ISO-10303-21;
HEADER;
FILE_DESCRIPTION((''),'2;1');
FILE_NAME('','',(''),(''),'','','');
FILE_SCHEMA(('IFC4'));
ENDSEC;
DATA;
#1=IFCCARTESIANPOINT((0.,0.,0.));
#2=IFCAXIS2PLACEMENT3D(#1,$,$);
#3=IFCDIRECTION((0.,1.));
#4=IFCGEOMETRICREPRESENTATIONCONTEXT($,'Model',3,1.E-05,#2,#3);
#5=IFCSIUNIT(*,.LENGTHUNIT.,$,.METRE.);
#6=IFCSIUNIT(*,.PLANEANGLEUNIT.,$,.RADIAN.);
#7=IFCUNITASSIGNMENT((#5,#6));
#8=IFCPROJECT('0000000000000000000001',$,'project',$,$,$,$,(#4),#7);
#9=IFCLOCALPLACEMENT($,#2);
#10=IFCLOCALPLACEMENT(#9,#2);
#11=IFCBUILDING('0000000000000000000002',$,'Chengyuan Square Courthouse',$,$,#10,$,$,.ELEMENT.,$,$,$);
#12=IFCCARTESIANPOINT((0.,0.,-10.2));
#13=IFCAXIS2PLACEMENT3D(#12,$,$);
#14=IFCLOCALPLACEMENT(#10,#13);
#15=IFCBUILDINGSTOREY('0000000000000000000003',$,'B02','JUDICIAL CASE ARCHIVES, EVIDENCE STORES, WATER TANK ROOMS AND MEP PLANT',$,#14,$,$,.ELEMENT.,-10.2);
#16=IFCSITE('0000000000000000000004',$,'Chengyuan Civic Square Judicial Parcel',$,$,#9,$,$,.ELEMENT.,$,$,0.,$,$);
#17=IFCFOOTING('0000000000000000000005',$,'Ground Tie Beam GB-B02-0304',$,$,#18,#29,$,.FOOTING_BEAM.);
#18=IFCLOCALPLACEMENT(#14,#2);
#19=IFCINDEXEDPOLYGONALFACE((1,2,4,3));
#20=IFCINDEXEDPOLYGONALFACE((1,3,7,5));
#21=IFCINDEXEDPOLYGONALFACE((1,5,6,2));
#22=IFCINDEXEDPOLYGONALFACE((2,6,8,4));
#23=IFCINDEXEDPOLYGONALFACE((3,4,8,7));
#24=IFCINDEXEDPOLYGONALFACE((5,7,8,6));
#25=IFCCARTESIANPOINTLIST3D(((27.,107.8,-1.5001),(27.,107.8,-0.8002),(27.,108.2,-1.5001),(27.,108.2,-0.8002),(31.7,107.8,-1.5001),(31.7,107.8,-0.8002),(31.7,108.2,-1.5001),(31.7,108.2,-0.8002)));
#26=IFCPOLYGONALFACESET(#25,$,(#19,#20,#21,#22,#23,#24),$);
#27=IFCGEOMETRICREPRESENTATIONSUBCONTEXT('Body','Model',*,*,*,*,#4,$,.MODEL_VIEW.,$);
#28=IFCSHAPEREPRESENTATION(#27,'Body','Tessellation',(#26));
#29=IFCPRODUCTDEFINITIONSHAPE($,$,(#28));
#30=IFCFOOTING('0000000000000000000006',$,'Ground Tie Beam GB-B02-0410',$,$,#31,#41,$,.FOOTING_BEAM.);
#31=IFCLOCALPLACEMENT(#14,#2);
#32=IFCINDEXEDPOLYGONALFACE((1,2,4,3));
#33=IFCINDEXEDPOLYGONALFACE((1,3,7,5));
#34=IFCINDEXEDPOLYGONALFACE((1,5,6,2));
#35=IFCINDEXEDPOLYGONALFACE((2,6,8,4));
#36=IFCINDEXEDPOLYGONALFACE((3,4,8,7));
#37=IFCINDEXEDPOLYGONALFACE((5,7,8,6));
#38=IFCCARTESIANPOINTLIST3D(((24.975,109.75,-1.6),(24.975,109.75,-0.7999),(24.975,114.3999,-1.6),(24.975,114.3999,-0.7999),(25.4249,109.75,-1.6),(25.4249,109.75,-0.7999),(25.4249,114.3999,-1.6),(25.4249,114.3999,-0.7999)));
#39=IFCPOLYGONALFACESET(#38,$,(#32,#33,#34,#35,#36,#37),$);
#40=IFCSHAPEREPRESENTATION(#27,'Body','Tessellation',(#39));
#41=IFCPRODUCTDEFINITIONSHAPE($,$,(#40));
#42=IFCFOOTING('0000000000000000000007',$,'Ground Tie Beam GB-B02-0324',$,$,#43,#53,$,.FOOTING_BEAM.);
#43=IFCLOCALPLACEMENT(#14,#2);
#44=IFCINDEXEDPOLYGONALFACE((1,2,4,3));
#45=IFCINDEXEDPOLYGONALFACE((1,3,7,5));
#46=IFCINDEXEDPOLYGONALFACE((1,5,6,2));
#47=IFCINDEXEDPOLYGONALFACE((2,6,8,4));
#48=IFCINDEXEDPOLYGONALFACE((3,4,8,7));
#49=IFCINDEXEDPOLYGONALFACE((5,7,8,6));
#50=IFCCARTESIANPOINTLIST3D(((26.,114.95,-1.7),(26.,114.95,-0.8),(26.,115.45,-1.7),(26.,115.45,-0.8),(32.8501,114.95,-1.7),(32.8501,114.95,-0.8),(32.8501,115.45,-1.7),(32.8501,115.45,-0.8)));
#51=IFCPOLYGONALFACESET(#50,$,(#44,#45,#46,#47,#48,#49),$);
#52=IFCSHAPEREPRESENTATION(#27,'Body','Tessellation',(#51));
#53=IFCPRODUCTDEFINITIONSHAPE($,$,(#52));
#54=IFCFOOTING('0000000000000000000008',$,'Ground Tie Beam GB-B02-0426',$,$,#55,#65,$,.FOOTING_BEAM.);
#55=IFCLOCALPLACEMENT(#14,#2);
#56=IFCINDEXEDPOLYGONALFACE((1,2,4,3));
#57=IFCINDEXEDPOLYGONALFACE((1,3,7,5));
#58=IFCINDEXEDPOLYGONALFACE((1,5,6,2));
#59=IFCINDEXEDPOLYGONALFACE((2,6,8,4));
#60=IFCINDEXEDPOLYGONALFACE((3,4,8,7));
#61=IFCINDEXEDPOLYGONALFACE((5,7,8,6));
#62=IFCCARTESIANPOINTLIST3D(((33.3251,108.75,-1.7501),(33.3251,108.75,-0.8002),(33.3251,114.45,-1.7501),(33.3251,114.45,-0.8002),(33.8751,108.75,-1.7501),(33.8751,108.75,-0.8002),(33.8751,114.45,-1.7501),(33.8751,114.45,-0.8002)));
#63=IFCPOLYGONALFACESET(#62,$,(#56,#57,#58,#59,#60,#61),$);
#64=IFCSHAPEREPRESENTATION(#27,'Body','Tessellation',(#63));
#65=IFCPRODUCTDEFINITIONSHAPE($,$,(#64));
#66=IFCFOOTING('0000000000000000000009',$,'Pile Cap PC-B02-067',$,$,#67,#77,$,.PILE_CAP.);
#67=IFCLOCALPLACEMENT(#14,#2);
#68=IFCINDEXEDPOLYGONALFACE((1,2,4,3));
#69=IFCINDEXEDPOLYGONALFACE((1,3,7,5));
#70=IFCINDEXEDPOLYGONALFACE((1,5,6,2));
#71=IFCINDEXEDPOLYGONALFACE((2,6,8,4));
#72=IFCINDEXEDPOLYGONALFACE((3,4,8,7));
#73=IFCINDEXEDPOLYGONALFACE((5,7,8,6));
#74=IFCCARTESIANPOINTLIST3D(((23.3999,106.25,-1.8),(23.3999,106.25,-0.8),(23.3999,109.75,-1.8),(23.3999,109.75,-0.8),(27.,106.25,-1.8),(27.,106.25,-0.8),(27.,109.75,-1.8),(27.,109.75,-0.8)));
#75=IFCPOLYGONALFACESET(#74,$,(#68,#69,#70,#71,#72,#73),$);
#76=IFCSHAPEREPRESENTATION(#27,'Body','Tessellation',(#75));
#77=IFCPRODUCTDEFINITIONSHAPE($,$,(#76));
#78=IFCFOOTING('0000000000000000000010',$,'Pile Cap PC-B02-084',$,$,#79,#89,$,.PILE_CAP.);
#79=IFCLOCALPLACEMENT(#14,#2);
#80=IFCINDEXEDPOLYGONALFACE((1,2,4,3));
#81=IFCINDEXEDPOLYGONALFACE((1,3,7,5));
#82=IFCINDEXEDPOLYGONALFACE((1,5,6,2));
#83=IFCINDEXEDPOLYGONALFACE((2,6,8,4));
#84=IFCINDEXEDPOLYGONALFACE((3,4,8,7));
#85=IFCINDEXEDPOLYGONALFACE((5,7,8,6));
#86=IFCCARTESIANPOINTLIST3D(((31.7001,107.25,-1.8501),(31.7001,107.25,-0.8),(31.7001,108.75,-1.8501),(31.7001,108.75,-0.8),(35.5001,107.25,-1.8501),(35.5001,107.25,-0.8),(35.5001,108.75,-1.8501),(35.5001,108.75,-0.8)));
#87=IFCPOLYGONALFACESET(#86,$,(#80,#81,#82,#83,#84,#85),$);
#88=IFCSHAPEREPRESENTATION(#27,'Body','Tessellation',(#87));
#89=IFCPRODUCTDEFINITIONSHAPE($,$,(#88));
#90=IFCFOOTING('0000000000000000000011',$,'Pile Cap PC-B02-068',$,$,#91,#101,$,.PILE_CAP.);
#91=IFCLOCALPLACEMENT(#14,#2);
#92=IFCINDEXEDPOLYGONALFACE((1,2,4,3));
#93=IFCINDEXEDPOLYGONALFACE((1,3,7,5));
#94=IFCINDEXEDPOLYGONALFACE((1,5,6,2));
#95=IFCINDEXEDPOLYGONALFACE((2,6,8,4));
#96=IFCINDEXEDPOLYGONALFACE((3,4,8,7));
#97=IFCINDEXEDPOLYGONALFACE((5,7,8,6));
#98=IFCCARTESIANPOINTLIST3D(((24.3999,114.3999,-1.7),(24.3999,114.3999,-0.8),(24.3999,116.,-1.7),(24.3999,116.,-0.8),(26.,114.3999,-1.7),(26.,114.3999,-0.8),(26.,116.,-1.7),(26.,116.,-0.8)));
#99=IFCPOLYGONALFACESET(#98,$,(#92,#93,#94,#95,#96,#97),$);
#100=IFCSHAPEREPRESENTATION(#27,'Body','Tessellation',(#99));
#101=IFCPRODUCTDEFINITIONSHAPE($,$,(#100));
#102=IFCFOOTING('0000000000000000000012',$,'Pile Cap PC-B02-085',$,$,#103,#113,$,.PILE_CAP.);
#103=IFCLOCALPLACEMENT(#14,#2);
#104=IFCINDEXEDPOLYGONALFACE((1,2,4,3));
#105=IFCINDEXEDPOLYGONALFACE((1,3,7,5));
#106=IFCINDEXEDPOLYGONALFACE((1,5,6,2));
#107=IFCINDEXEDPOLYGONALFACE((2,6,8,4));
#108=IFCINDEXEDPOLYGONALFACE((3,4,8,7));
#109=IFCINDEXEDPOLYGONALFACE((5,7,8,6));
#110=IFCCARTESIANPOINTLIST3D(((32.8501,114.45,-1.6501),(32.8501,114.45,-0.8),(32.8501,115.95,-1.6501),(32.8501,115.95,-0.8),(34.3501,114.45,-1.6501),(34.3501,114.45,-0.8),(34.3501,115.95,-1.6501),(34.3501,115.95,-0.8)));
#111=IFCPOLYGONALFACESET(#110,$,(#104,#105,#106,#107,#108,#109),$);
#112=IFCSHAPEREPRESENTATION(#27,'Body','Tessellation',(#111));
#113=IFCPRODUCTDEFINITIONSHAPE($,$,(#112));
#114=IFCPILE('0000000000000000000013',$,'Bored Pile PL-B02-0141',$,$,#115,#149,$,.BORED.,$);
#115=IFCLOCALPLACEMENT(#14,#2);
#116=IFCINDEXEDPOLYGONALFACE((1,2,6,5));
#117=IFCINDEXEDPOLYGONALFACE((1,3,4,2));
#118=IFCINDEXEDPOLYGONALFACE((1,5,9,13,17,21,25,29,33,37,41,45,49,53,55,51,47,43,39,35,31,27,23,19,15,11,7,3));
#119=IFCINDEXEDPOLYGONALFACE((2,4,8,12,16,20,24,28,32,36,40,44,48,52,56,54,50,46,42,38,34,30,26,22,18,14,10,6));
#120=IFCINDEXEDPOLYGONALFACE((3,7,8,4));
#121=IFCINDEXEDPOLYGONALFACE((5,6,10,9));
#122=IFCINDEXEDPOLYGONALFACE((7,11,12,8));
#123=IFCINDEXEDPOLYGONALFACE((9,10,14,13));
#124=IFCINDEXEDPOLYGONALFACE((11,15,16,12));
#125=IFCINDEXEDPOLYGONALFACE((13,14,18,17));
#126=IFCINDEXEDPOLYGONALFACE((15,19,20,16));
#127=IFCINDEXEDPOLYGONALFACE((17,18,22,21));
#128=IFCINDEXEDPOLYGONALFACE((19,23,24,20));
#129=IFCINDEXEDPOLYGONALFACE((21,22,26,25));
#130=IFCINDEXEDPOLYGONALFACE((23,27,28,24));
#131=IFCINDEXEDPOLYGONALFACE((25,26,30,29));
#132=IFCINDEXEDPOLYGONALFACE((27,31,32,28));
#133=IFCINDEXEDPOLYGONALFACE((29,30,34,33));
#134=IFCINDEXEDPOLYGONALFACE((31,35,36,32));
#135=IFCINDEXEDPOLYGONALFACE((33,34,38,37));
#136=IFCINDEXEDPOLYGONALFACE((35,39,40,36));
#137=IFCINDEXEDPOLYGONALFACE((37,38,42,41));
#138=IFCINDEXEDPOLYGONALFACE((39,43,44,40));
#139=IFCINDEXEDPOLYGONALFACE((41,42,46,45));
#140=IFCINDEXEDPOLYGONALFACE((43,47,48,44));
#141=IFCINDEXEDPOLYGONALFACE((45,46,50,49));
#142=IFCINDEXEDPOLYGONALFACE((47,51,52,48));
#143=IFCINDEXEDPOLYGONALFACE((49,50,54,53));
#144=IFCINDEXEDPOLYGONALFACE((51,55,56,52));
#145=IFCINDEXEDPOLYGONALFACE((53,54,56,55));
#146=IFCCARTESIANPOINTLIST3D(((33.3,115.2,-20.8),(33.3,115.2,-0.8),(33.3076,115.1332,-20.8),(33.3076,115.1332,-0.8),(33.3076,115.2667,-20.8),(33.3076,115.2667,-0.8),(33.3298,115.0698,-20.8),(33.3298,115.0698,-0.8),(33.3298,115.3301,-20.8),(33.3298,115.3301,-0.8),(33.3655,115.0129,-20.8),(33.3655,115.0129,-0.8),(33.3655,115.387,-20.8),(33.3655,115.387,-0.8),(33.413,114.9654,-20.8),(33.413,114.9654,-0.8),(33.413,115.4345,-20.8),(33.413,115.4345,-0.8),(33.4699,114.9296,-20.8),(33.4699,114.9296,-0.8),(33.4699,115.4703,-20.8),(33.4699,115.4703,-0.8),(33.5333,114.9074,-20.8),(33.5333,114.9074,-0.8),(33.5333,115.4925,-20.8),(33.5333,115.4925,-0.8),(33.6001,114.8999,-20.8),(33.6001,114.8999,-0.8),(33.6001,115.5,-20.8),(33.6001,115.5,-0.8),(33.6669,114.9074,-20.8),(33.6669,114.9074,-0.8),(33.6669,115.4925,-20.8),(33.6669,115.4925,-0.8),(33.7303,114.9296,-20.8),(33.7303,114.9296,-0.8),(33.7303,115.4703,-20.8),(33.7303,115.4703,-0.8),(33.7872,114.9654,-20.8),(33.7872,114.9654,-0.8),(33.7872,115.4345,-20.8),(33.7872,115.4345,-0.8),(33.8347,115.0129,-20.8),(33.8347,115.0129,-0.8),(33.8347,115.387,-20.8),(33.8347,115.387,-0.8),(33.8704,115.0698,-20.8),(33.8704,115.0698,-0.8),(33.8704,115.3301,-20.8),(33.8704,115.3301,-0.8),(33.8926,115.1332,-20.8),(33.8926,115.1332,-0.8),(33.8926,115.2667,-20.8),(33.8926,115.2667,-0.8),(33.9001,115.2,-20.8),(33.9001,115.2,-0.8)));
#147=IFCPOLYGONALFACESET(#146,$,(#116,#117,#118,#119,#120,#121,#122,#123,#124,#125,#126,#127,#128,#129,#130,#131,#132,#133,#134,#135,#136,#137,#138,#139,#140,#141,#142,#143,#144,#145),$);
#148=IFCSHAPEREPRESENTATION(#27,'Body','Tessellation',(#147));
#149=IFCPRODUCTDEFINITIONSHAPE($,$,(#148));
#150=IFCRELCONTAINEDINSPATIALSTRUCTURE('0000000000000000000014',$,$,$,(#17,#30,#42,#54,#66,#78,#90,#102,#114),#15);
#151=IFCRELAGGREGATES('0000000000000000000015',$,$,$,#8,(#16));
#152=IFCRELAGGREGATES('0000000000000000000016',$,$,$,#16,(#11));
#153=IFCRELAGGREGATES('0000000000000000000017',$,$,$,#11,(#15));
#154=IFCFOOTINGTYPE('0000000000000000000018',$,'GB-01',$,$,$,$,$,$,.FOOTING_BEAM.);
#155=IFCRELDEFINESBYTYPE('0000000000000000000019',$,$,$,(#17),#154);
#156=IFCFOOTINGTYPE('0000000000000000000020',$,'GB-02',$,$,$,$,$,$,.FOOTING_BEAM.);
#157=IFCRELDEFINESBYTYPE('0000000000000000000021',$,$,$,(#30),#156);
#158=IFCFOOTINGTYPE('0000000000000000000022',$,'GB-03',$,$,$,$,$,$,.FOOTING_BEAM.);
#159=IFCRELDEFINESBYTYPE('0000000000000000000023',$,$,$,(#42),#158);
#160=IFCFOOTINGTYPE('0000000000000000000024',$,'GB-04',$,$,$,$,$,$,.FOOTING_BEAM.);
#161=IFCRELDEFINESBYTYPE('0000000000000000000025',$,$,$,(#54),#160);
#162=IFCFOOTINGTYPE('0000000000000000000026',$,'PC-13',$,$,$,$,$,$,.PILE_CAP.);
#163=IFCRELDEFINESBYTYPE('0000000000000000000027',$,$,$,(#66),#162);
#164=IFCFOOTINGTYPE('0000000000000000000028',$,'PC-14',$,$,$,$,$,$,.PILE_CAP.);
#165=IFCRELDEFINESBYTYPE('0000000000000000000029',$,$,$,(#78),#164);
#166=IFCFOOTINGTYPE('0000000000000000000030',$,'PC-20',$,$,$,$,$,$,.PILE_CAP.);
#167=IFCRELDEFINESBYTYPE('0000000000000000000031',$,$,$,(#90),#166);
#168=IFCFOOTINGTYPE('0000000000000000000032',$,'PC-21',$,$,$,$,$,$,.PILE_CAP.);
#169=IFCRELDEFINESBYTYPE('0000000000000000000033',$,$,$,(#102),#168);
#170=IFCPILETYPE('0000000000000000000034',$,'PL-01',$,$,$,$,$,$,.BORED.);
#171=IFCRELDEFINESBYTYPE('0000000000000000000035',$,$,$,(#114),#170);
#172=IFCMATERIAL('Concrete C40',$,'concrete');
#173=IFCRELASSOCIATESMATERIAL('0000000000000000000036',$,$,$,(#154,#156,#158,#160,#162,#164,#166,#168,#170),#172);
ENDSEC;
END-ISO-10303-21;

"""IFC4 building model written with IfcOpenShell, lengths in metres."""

from ifc_helpers import new_model, si_unit, direction, frame, origin, origin_2d, place, context, subcontext, project, spatial, rectangle, circle, extrude, material, material_profile, profile_set, type_object, element, save


model = new_model("IFC4")

# Units and contexts
model_context = context("Model", 3, precision=1e-05, world=origin(), true_north=direction((0.0, 1.0)))
body_context = subcontext(model_context, "Body", "Model", "MODEL_VIEW")
ifc_project = project(units=[si_unit("LENGTHUNIT", "METRE"), si_unit("PLANEANGLEUNIT", "RADIAN")], contexts=[model_context])

# Site, building, storey
site_placement = place(None, origin())
site = spatial("IfcSite", under=ifc_project, at=site_placement, Name="Chengyuan Civic Square Judicial Parcel", CompositionType="ELEMENT", RefElevation=0.0)
building_placement = place(site_placement, origin())
building = spatial("IfcBuilding", under=site, at=building_placement, Name="Chengyuan Square Courthouse", CompositionType="ELEMENT")
storey_placement = place(building_placement, frame((0.0, 0.0, -10.2)))
storey = spatial("IfcBuildingStorey", under=building, at=storey_placement, Name="B02", Description="JUDICIAL CASE ARCHIVES, EVIDENCE STORES, WATER TANK ROOMS AND MEP PLANT", CompositionType="ELEMENT", Elevation=-10.2)

# Footings
ifc_material_1 = material(Name="Concrete C40", Category="concrete")
ifc_material_profile_1 = material_profile(ifc_material_1, rectangle(XDim=0.3999, YDim=0.7, at=origin_2d()), Name="GB-400x700")
ifc_profile_set_1 = profile_set([ifc_material_profile_1], Name="Concrete C40")
footing_type_1 = type_object("IfcFootingType", Name="GB-01", PredefinedType="FOOTING_BEAM", material=ifc_profile_set_1)
footing_1_placement = place(storey_placement, frame((27.0, 108.0, -1.1501), z_axis=(1.0, 0.0, 0.0), x_axis=(0.0, 1.0, 0.0)))
element("IfcFooting", 1, at=footing_1_placement, inside=storey, type_object=footing_type_1, Name="Ground Tie Beam GB-B02-0304", PredefinedType="FOOTING_BEAM", context=body_context, shape_type="SweptSolid", body=[
    extrude(rectangle(XDim=0.3999, YDim=0.7, at=origin_2d()), origin(), (0.0, 0.0, 1.0), 4.7),
])
ifc_material_profile_2 = material_profile(ifc_material_1, rectangle(XDim=0.45, YDim=0.8, at=origin_2d()), Name="GB-450x800")
ifc_profile_set_2 = profile_set([ifc_material_profile_2], Name="Concrete C40")
footing_type_2 = type_object("IfcFootingType", Name="GB-02", PredefinedType="FOOTING_BEAM", material=ifc_profile_set_2)
footing_2_placement = place(storey_placement, frame((25.2, 109.75, -1.2), z_axis=(0.0, 1.0, 0.0), x_axis=(-1.0, 0.0, 0.0)))
element("IfcFooting", 2, at=footing_2_placement, inside=storey, type_object=footing_type_2, Name="Ground Tie Beam GB-B02-0410", PredefinedType="FOOTING_BEAM", context=body_context, shape_type="SweptSolid", body=[
    extrude(rectangle(XDim=0.45, YDim=0.8, at=origin_2d()), origin(), (0.0, 0.0, 1.0), 4.6499),
])
ifc_material_profile_3 = material_profile(ifc_material_1, rectangle(XDim=0.5, YDim=0.8999, at=origin_2d()), Name="GB-500x900")
ifc_profile_set_3 = profile_set([ifc_material_profile_3], Name="Concrete C40")
footing_type_3 = type_object("IfcFootingType", Name="GB-03", PredefinedType="FOOTING_BEAM", material=ifc_profile_set_3)
footing_3_placement = place(storey_placement, frame((26.0, 115.2, -1.25), z_axis=(1.0, 0.0, 0.0), x_axis=(0.0, 1.0, 0.0)))
element("IfcFooting", 3, at=footing_3_placement, inside=storey, type_object=footing_type_3, Name="Ground Tie Beam GB-B02-0324", PredefinedType="FOOTING_BEAM", context=body_context, shape_type="SweptSolid", body=[
    extrude(rectangle(XDim=0.5, YDim=0.8999, at=origin_2d()), origin(), (0.0, 0.0, 1.0), 6.8501),
])
ifc_material_profile_4 = material_profile(ifc_material_1, rectangle(XDim=0.55, YDim=0.95, at=origin_2d()), Name="GB-550x950")
ifc_profile_set_4 = profile_set([ifc_material_profile_4], Name="Concrete C40")
footing_type_4 = type_object("IfcFootingType", Name="GB-04", PredefinedType="FOOTING_BEAM", material=ifc_profile_set_4)
footing_4_placement = place(storey_placement, frame((33.6001, 108.75, -1.2751), z_axis=(0.0, 1.0, 0.0), x_axis=(-1.0, 0.0, 0.0)))
element("IfcFooting", 4, at=footing_4_placement, inside=storey, type_object=footing_type_4, Name="Ground Tie Beam GB-B02-0426", PredefinedType="FOOTING_BEAM", context=body_context, shape_type="SweptSolid", body=[
    extrude(rectangle(XDim=0.55, YDim=0.95, at=origin_2d()), origin(), (0.0, 0.0, 1.0), 5.7),
])
footing_type_5 = type_object("IfcFootingType", Name="PC-13", PredefinedType="PILE_CAP", material=ifc_material_1)
footing_5_placement = place(storey_placement, frame((25.2, 108.0, -1.8), z_axis=(0.0, 0.0, 1.0), x_axis=(1.0, 0.0, 0.0)))
element("IfcFooting", 5, at=footing_5_placement, inside=storey, type_object=footing_type_5, Name="Pile Cap PC-B02-067", PredefinedType="PILE_CAP", context=body_context, shape_type="SweptSolid", body=[
    extrude(rectangle(XDim=3.6001, YDim=3.5, at=origin_2d()), origin(), (0.0, 0.0, 1.0), 1.0),
])
footing_type_6 = type_object("IfcFootingType", Name="PC-14", PredefinedType="PILE_CAP", material=ifc_material_1)
footing_6_placement = place(storey_placement, frame((33.6001, 108.0, -1.8501), z_axis=(0.0, 0.0, 1.0), x_axis=(1.0, 0.0, 0.0)))
element("IfcFooting", 6, at=footing_6_placement, inside=storey, type_object=footing_type_6, Name="Pile Cap PC-B02-084", PredefinedType="PILE_CAP", context=body_context, shape_type="SweptSolid", body=[
    extrude(rectangle(XDim=3.8, YDim=1.5, at=origin_2d()), origin(), (0.0, 0.0, 1.0), 1.05),
])
footing_type_7 = type_object("IfcFootingType", Name="PC-20", PredefinedType="PILE_CAP", material=ifc_material_1)
footing_7_placement = place(storey_placement, frame((25.2, 115.2, -1.7), z_axis=(0.0, 0.0, 1.0), x_axis=(1.0, 0.0, 0.0)))
element("IfcFooting", 7, at=footing_7_placement, inside=storey, type_object=footing_type_7, Name="Pile Cap PC-B02-068", PredefinedType="PILE_CAP", context=body_context, shape_type="SweptSolid", body=[
    extrude(rectangle(XDim=1.6001, YDim=1.6001, at=origin_2d()), origin(), (0.0, 0.0, 1.0), 0.8999),
])
footing_type_8 = type_object("IfcFootingType", Name="PC-21", PredefinedType="PILE_CAP", material=ifc_material_1)
footing_8_placement = place(storey_placement, frame((33.6001, 115.2, -1.6501), z_axis=(0.0, 0.0, 1.0), x_axis=(1.0, 0.0, 0.0)))
element("IfcFooting", 8, at=footing_8_placement, inside=storey, type_object=footing_type_8, Name="Pile Cap PC-B02-085", PredefinedType="PILE_CAP", context=body_context, shape_type="SweptSolid", body=[
    extrude(rectangle(XDim=1.5, YDim=1.5, at=origin_2d()), origin(), (0.0, 0.0, 1.0), 0.8501),
])

# Pile
ifc_material_profile_5 = material_profile(ifc_material_1, circle(Radius=0.3, at=origin_2d()), Name="BORED PILE D600")
ifc_profile_set_5 = profile_set([ifc_material_profile_5], Name="Concrete C40")
pile_type_1 = type_object("IfcPileType", Name="PL-01", PredefinedType="BORED", material=ifc_profile_set_5)
pile_1_placement = place(storey_placement, frame((33.6001, 115.2, -0.8), z_axis=(0.0, 0.0, -1.0), x_axis=(1.0, 0.0, 0.0)))
element("IfcPile", 9, at=pile_1_placement, inside=storey, type_object=pile_type_1, Name="Bored Pile PL-B02-0141", PredefinedType="BORED", context=body_context, shape_type="SweptSolid", body=[
    extrude(circle(Radius=0.3, at=origin_2d()), origin(), (0.0, 0.0, 1.0), 20.0),
])

save(model, "model.ifc")
